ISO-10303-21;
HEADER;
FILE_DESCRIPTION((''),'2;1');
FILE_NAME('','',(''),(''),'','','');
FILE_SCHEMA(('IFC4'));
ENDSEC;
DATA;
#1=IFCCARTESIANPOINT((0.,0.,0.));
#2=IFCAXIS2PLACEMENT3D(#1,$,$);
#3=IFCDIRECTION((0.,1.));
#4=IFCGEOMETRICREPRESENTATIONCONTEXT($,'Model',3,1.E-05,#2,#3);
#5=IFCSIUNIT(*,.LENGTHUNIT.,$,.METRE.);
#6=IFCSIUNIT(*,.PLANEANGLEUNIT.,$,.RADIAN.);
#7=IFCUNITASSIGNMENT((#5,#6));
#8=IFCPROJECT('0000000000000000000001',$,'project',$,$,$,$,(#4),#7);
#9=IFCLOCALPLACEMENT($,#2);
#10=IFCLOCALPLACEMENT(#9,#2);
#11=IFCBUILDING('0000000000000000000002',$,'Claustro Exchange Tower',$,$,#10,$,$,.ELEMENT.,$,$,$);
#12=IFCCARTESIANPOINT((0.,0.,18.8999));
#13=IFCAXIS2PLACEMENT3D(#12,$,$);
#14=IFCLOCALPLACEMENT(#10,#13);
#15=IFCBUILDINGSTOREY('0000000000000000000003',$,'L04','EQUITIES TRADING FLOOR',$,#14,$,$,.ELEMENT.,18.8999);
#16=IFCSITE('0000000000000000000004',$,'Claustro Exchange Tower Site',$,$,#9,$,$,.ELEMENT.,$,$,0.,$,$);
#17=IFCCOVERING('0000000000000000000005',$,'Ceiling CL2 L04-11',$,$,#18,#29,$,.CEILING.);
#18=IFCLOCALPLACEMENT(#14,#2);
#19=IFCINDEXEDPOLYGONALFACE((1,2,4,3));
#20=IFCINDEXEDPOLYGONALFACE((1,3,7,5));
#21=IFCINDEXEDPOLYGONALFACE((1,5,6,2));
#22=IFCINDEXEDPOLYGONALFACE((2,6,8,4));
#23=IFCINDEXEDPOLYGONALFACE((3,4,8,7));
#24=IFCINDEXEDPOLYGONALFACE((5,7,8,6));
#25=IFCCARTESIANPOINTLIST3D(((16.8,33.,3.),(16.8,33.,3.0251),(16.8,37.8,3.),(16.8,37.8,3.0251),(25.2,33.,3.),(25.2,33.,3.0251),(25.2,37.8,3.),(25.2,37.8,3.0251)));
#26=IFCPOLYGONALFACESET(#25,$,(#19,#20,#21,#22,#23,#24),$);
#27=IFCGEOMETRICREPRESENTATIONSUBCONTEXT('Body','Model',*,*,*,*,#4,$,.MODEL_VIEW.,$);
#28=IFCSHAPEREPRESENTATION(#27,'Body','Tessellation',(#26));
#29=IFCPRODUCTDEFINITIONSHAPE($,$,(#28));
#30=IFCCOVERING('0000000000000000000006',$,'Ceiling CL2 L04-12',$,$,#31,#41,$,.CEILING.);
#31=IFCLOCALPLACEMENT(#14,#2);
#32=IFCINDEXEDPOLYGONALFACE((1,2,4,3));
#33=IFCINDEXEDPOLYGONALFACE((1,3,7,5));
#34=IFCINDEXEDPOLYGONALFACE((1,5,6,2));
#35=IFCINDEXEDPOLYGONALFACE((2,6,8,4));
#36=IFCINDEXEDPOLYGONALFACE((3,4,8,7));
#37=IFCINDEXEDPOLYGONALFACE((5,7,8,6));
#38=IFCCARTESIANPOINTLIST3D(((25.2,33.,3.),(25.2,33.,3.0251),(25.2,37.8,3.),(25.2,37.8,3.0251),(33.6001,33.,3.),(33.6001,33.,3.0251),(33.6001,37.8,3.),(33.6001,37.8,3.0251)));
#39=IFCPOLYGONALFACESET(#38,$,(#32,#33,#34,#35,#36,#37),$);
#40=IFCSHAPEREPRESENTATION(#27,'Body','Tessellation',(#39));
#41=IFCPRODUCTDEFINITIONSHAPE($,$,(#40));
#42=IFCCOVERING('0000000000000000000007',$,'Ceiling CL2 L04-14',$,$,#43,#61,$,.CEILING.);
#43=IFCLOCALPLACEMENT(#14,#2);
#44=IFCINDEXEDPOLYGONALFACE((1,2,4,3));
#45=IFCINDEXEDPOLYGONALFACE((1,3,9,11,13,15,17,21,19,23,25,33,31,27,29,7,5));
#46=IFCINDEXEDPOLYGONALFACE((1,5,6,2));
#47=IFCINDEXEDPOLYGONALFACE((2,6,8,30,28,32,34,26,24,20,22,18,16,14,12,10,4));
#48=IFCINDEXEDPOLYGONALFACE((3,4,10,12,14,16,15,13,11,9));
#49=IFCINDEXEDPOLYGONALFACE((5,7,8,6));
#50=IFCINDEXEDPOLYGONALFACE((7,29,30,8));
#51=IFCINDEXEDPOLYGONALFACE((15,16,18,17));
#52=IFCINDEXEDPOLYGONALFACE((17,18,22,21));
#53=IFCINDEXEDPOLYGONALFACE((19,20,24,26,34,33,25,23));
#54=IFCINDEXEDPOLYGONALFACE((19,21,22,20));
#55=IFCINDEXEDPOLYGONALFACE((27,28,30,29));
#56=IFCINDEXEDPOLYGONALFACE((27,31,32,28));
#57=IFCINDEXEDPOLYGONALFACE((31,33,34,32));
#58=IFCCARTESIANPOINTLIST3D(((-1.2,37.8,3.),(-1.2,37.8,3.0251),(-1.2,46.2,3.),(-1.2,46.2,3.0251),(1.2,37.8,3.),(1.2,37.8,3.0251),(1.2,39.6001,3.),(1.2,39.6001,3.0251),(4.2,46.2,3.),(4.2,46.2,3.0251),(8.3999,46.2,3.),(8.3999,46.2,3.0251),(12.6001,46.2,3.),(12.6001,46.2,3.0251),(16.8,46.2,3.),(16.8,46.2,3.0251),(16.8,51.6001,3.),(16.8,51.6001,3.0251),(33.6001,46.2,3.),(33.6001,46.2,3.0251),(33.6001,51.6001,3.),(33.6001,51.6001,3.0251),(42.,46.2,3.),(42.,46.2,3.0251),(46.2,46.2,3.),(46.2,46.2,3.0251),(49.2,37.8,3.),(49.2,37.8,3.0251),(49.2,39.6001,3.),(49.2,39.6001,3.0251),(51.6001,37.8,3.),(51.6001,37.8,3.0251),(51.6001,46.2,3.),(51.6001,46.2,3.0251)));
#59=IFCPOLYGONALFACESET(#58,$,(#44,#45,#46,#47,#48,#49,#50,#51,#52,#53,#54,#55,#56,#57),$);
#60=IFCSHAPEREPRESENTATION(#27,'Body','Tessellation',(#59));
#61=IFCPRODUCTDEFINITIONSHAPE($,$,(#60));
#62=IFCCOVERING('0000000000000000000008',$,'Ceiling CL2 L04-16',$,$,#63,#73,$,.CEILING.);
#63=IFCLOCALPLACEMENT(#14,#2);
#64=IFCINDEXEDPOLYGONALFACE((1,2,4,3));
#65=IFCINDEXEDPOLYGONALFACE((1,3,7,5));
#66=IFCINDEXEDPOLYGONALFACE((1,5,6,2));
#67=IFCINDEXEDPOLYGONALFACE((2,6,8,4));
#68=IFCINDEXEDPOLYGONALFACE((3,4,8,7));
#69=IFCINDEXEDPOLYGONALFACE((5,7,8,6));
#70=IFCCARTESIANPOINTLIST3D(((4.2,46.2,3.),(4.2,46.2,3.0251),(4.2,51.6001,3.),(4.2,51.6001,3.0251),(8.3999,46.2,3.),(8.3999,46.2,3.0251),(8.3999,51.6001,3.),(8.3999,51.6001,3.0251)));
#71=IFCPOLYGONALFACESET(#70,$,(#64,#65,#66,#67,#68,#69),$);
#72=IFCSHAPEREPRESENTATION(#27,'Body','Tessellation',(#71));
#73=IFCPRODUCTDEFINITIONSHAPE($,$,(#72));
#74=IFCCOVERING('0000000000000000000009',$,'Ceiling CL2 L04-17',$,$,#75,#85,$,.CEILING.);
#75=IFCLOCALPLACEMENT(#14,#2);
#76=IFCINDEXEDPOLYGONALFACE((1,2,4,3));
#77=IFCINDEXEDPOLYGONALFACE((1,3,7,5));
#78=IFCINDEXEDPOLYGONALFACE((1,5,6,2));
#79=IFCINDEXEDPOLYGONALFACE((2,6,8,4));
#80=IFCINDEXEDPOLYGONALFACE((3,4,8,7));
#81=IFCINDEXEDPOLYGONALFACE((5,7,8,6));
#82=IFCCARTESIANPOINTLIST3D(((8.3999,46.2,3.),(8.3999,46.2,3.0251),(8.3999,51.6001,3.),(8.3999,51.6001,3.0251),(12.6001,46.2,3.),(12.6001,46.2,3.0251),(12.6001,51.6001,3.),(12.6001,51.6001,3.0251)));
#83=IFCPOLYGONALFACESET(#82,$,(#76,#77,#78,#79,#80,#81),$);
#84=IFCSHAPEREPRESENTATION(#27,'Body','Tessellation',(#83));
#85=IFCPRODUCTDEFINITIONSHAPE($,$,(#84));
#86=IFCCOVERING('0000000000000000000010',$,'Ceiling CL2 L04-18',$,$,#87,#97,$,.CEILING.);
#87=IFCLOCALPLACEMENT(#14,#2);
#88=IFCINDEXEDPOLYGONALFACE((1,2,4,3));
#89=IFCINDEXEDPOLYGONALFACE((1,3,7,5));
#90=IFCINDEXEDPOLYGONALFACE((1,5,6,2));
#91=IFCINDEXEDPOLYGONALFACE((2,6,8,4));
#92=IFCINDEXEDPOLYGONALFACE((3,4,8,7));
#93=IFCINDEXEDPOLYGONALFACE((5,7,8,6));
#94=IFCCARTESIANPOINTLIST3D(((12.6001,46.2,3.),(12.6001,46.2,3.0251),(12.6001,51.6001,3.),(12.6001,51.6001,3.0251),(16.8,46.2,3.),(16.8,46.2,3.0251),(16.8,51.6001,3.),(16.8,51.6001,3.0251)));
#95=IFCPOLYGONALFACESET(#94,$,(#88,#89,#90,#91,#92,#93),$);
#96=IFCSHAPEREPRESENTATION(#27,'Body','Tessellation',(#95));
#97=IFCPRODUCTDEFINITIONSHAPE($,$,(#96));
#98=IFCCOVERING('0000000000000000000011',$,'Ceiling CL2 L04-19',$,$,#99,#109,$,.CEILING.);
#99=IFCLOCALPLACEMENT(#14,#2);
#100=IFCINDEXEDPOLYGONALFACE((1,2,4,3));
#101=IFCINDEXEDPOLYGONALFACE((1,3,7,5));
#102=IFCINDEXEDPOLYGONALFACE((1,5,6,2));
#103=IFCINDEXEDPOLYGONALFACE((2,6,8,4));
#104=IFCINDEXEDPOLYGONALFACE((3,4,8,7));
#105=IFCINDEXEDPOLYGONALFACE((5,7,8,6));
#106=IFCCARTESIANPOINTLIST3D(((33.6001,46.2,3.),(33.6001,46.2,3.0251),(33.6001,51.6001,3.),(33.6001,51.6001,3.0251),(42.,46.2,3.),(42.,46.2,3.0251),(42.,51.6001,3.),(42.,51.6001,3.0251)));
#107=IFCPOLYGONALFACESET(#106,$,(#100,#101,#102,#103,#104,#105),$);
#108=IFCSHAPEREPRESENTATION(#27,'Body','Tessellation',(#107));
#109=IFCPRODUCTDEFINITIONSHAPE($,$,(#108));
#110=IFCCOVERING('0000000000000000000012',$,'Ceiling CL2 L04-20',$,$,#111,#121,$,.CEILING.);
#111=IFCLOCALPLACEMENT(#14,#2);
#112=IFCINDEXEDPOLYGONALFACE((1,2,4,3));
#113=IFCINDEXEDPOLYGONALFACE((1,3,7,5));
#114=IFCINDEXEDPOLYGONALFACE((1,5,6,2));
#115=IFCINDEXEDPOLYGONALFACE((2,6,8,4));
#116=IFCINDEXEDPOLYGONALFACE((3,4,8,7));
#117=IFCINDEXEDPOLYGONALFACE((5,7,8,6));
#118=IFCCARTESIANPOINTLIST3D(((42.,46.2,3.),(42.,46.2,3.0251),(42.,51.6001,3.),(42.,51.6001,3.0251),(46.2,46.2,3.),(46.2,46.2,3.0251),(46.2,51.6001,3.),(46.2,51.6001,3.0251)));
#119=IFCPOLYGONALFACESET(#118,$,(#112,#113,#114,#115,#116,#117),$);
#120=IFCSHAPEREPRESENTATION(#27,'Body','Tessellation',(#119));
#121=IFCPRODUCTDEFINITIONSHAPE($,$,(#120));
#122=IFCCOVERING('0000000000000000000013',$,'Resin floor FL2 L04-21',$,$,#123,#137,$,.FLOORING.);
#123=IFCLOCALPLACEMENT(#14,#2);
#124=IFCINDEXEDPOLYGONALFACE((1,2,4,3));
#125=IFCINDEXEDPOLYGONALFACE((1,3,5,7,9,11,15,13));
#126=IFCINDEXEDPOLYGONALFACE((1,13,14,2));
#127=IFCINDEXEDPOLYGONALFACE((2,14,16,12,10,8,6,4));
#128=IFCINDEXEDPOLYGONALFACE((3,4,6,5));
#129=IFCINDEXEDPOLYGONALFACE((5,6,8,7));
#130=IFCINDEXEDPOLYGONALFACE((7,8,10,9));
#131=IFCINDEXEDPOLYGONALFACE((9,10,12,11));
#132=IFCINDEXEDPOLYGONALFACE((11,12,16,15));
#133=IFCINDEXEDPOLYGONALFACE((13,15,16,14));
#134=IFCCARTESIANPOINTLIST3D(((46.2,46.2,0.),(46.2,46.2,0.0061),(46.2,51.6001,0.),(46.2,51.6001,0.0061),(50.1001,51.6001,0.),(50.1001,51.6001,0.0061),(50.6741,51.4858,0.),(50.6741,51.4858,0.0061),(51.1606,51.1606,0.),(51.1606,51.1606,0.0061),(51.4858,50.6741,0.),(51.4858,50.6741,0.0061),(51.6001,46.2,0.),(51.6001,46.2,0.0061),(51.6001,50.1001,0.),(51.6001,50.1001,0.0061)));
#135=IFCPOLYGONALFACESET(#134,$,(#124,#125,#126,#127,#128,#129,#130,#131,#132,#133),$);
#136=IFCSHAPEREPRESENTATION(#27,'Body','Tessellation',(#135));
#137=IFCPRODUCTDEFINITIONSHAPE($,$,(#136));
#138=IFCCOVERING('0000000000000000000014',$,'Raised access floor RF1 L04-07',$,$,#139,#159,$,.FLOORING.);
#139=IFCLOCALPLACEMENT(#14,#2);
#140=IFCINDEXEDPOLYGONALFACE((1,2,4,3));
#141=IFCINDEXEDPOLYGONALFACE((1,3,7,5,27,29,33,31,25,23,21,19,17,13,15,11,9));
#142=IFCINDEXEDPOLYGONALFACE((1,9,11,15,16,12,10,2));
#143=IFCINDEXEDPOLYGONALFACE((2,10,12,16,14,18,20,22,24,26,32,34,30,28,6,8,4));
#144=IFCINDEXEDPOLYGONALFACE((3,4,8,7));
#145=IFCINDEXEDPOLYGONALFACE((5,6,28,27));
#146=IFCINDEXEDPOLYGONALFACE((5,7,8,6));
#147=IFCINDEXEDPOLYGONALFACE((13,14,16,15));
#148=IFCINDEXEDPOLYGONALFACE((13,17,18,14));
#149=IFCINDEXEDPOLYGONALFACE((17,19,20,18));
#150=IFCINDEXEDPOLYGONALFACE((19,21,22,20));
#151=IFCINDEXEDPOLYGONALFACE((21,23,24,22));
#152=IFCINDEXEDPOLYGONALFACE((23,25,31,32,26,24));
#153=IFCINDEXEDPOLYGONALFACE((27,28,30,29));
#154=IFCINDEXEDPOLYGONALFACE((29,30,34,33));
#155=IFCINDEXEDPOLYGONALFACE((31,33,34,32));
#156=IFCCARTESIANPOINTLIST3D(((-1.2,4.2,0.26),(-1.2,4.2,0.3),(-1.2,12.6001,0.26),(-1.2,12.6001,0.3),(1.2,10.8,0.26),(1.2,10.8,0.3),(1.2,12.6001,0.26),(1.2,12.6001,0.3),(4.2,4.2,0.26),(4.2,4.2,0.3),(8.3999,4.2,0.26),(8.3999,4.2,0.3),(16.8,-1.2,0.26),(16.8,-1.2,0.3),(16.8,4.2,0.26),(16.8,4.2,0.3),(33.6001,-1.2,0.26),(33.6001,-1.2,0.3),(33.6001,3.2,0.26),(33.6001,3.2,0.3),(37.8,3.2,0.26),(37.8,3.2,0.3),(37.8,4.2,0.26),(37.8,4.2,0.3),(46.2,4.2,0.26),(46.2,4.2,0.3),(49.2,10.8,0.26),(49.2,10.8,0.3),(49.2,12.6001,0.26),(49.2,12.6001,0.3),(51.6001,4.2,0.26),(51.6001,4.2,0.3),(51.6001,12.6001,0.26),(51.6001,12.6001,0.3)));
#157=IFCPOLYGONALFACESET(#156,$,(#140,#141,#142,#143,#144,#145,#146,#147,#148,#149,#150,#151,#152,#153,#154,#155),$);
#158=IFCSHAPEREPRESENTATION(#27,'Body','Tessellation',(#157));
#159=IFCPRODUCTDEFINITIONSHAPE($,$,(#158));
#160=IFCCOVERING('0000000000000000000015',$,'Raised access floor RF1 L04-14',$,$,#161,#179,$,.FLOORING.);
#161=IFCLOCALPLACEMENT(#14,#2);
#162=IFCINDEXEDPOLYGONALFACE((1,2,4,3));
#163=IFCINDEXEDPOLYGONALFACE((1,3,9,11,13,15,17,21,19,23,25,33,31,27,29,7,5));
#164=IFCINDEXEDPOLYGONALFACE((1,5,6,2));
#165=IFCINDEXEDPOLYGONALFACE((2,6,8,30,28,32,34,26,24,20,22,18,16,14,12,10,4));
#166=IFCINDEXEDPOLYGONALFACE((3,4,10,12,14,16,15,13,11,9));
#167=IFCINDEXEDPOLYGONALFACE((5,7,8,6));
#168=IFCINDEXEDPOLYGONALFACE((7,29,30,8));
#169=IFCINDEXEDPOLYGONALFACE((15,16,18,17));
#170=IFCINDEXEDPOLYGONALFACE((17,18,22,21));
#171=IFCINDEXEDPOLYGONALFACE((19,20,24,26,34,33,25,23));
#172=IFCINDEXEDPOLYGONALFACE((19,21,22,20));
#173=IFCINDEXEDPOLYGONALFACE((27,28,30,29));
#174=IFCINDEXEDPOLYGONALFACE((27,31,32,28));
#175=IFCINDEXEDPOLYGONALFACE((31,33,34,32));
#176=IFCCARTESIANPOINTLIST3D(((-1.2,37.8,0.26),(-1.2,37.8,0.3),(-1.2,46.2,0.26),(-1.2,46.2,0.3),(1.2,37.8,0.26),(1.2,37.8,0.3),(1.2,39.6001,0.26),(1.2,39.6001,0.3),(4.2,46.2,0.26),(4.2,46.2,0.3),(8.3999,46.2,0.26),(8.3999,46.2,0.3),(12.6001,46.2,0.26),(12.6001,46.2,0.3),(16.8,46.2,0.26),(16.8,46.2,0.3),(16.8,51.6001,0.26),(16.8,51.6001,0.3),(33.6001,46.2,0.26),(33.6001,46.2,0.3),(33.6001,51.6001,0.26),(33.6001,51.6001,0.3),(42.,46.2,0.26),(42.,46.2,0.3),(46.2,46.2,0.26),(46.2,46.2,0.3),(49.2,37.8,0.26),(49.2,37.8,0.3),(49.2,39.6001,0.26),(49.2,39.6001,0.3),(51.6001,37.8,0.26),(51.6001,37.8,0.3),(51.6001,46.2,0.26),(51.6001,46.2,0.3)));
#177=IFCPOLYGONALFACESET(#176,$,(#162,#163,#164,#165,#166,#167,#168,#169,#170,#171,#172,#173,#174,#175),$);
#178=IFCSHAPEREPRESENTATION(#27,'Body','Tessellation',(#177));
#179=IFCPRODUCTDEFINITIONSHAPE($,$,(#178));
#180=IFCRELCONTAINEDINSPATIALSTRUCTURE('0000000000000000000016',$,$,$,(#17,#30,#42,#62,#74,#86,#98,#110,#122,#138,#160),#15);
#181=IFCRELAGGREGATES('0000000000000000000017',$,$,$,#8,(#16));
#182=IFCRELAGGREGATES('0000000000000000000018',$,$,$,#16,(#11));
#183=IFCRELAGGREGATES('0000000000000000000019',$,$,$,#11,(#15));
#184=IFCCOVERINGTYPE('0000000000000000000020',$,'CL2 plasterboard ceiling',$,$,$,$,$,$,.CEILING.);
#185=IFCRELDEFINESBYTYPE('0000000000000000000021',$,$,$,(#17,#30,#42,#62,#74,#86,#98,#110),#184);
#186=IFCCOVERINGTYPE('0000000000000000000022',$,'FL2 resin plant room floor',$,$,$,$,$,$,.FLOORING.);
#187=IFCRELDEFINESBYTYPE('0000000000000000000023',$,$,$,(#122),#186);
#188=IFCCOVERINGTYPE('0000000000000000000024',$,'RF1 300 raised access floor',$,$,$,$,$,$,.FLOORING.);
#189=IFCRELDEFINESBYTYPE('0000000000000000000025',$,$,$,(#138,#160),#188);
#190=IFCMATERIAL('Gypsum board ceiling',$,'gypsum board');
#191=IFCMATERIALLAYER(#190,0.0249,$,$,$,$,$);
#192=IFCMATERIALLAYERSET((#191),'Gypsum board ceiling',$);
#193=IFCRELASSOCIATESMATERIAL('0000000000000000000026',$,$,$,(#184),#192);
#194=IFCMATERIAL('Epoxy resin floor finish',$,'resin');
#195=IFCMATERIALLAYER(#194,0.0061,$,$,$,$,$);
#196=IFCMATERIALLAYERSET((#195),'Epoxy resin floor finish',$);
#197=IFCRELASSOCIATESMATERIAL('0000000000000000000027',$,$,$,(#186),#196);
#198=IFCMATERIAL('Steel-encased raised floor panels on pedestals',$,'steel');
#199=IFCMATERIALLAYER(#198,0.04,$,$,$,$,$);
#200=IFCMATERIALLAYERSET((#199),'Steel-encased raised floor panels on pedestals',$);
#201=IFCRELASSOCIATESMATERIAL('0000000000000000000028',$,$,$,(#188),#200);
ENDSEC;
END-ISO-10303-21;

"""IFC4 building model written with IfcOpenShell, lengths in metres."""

from ifc_helpers import new_model, si_unit, direction, frame, origin, place, context, subcontext, project, spatial, polyline, outline, extrude, material, layer, layer_set, type_object, element, save


model = new_model("IFC4")

# Units and contexts
model_context = context("Model", 3, precision=1e-05, world=origin(), true_north=direction((0.0, 1.0)))
body_context = subcontext(model_context, "Body", "Model", "MODEL_VIEW")
ifc_project = project(units=[si_unit("LENGTHUNIT", "METRE"), si_unit("PLANEANGLEUNIT", "RADIAN")], contexts=[model_context])

# Site, building, storey
site_placement = place(None, origin())
site = spatial("IfcSite", under=ifc_project, at=site_placement, Name="Claustro Exchange Tower Site", CompositionType="ELEMENT", RefElevation=0.0)
building_placement = place(site_placement, origin())
building = spatial("IfcBuilding", under=site, at=building_placement, Name="Claustro Exchange Tower", CompositionType="ELEMENT")
storey_placement = place(building_placement, frame((0.0, 0.0, 18.8999)))
storey = spatial("IfcBuildingStorey", under=building, at=storey_placement, Name="L04", Description="EQUITIES TRADING FLOOR", CompositionType="ELEMENT", Elevation=18.8999)

# Coverings
ifc_material_1 = material(Name="Gypsum board ceiling", Category="gypsum board")
ifc_layer_1 = layer(ifc_material_1, 0.0249)
ifc_layer_set_1 = layer_set([ifc_layer_1], Name="Gypsum board ceiling")
covering_type_1 = type_object("IfcCoveringType", Name="CL2 plasterboard ceiling", PredefinedType="CEILING", material=ifc_layer_set_1)
covering_1_placement = place(storey_placement, frame((0.0, 0.0, 3.0)))
element("IfcCovering", 1, at=covering_1_placement, inside=storey, type_object=covering_type_1, Name="Ceiling CL2 L04-11", PredefinedType="CEILING", context=body_context, shape_type="SweptSolid", body=[
    extrude(outline(polyline([(16.8, 33.0), (25.2, 33.0), (25.2, 37.8), (16.8, 37.8), (16.8, 33.0)])), origin(), (0.0, 0.0, 1.0), 0.0251),
])
covering_2_placement = place(storey_placement, frame((0.0, 0.0, 3.0)))
element("IfcCovering", 2, at=covering_2_placement, inside=storey, type_object=covering_type_1, Name="Ceiling CL2 L04-12", PredefinedType="CEILING", context=body_context, shape_type="SweptSolid", body=[
    extrude(outline(polyline([(33.6001, 33.0), (33.6001, 37.8), (25.2, 37.8), (25.2, 33.0), (33.6001, 33.0)])), origin(), (0.0, 0.0, 1.0), 0.0251),
])
covering_3_placement = place(storey_placement, frame((0.0, 0.0, 3.0)))
element("IfcCovering", 3, at=covering_3_placement, inside=storey, type_object=covering_type_1, Name="Ceiling CL2 L04-14", PredefinedType="CEILING", context=body_context, shape_type="SweptSolid", body=[
    extrude(outline(polyline([(-1.2, 46.2), (-1.2, 37.8), (1.2, 37.8), (1.2, 39.6001), (49.2, 39.6001), (49.2, 37.8), (51.6001, 37.8), (51.6001, 46.2), (46.2, 46.2), (42.0, 46.2), (33.6001, 46.2), (33.6001, 51.6001), (16.8, 51.6001), (16.8, 46.2), (12.6001, 46.2), (8.3999, 46.2), (4.2, 46.2), (-1.2, 46.2)])), origin(), (0.0, 0.0, 1.0), 0.0251),
])
covering_4_placement = place(storey_placement, frame((0.0, 0.0, 3.0)))
element("IfcCovering", 4, at=covering_4_placement, inside=storey, type_object=covering_type_1, Name="Ceiling CL2 L04-16", PredefinedType="CEILING", context=body_context, shape_type="SweptSolid", body=[
    extrude(outline(polyline([(8.3999, 51.6001), (4.2, 51.6001), (4.2, 46.2), (8.3999, 46.2), (8.3999, 51.6001)])), origin(), (0.0, 0.0, 1.0), 0.0251),
])
covering_5_placement = place(storey_placement, frame((0.0, 0.0, 3.0)))
element("IfcCovering", 5, at=covering_5_placement, inside=storey, type_object=covering_type_1, Name="Ceiling CL2 L04-17", PredefinedType="CEILING", context=body_context, shape_type="SweptSolid", body=[
    extrude(outline(polyline([(12.6001, 51.6001), (8.3999, 51.6001), (8.3999, 46.2), (12.6001, 46.2), (12.6001, 51.6001)])), origin(), (0.0, 0.0, 1.0), 0.0251),
])
covering_6_placement = place(storey_placement, frame((0.0, 0.0, 3.0)))
element("IfcCovering", 6, at=covering_6_placement, inside=storey, type_object=covering_type_1, Name="Ceiling CL2 L04-18", PredefinedType="CEILING", context=body_context, shape_type="SweptSolid", body=[
    extrude(outline(polyline([(16.8, 51.6001), (12.6001, 51.6001), (12.6001, 46.2), (16.8, 46.2), (16.8, 51.6001)])), origin(), (0.0, 0.0, 1.0), 0.0251),
])
covering_7_placement = place(storey_placement, frame((0.0, 0.0, 3.0)))
element("IfcCovering", 7, at=covering_7_placement, inside=storey, type_object=covering_type_1, Name="Ceiling CL2 L04-19", PredefinedType="CEILING", context=body_context, shape_type="SweptSolid", body=[
    extrude(outline(polyline([(42.0, 51.6001), (33.6001, 51.6001), (33.6001, 46.2), (42.0, 46.2), (42.0, 51.6001)])), origin(), (0.0, 0.0, 1.0), 0.0251),
])
covering_8_placement = place(storey_placement, frame((0.0, 0.0, 3.0)))
element("IfcCovering", 8, at=covering_8_placement, inside=storey, type_object=covering_type_1, Name="Ceiling CL2 L04-20", PredefinedType="CEILING", context=body_context, shape_type="SweptSolid", body=[
    extrude(outline(polyline([(46.2, 51.6001), (42.0, 51.6001), (42.0, 46.2), (46.2, 46.2), (46.2, 51.6001)])), origin(), (0.0, 0.0, 1.0), 0.0251),
])
ifc_material_2 = material(Name="Epoxy resin floor finish", Category="resin")
ifc_layer_2 = layer(ifc_material_2, 0.0061)
ifc_layer_set_2 = layer_set([ifc_layer_2], Name="Epoxy resin floor finish")
covering_type_2 = type_object("IfcCoveringType", Name="FL2 resin plant room floor", PredefinedType="FLOORING", material=ifc_layer_set_2)
covering_9_placement = place(storey_placement, origin())
element("IfcCovering", 9, at=covering_9_placement, inside=storey, type_object=covering_type_2, Name="Resin floor FL2 L04-21", PredefinedType="FLOORING", context=body_context, shape_type="SweptSolid", body=[
    extrude(outline(polyline([(50.1001, 51.6001), (46.2, 51.6001), (46.2, 46.2), (51.6001, 46.2), (51.6001, 50.1001), (51.4858, 50.6741), (51.1606, 51.1606), (50.6741, 51.4858), (50.1001, 51.6001)])), origin(), (0.0, 0.0, 1.0), 0.0061),
])
ifc_material_3 = material(Name="Steel-encased raised floor panels on pedestals", Category="steel")
ifc_layer_3 = layer(ifc_material_3, 0.04)
ifc_layer_set_3 = layer_set([ifc_layer_3], Name="Steel-encased raised floor panels on pedestals")
covering_type_3 = type_object("IfcCoveringType", Name="RF1 300 raised access floor", PredefinedType="FLOORING", material=ifc_layer_set_3)
covering_10_placement = place(storey_placement, frame((0.0, 0.0, 0.26)))
element("IfcCovering", 10, at=covering_10_placement, inside=storey, type_object=covering_type_3, Name="Raised access floor RF1 L04-07", PredefinedType="FLOORING", context=body_context, shape_type="SweptSolid", body=[
    extrude(outline(polyline([(-1.2, 12.6001), (-1.2, 4.2), (4.2, 4.2), (8.3999, 4.2), (16.8, 4.2), (16.8, -1.2), (33.6001, -1.2), (33.6001, 3.2), (37.8, 3.2), (37.8, 4.2), (46.2, 4.2), (51.6001, 4.2), (51.6001, 12.6001), (49.2, 12.6001), (49.2, 10.8), (1.2, 10.8), (1.2, 12.6001), (-1.2, 12.6001)])), origin(), (0.0, 0.0, 1.0), 0.04),
])
covering_11_placement = place(storey_placement, frame((0.0, 0.0, 0.26)))
element("IfcCovering", 11, at=covering_11_placement, inside=storey, type_object=covering_type_3, Name="Raised access floor RF1 L04-14", PredefinedType="FLOORING", context=body_context, shape_type="SweptSolid", body=[
    extrude(outline(polyline([(-1.2, 46.2), (-1.2, 37.8), (1.2, 37.8), (1.2, 39.6001), (49.2, 39.6001), (49.2, 37.8), (51.6001, 37.8), (51.6001, 46.2), (46.2, 46.2), (42.0, 46.2), (33.6001, 46.2), (33.6001, 51.6001), (16.8, 51.6001), (16.8, 46.2), (12.6001, 46.2), (8.3999, 46.2), (4.2, 46.2), (-1.2, 46.2)])), origin(), (0.0, 0.0, 1.0), 0.04),
])

save(model, "model.ifc")
